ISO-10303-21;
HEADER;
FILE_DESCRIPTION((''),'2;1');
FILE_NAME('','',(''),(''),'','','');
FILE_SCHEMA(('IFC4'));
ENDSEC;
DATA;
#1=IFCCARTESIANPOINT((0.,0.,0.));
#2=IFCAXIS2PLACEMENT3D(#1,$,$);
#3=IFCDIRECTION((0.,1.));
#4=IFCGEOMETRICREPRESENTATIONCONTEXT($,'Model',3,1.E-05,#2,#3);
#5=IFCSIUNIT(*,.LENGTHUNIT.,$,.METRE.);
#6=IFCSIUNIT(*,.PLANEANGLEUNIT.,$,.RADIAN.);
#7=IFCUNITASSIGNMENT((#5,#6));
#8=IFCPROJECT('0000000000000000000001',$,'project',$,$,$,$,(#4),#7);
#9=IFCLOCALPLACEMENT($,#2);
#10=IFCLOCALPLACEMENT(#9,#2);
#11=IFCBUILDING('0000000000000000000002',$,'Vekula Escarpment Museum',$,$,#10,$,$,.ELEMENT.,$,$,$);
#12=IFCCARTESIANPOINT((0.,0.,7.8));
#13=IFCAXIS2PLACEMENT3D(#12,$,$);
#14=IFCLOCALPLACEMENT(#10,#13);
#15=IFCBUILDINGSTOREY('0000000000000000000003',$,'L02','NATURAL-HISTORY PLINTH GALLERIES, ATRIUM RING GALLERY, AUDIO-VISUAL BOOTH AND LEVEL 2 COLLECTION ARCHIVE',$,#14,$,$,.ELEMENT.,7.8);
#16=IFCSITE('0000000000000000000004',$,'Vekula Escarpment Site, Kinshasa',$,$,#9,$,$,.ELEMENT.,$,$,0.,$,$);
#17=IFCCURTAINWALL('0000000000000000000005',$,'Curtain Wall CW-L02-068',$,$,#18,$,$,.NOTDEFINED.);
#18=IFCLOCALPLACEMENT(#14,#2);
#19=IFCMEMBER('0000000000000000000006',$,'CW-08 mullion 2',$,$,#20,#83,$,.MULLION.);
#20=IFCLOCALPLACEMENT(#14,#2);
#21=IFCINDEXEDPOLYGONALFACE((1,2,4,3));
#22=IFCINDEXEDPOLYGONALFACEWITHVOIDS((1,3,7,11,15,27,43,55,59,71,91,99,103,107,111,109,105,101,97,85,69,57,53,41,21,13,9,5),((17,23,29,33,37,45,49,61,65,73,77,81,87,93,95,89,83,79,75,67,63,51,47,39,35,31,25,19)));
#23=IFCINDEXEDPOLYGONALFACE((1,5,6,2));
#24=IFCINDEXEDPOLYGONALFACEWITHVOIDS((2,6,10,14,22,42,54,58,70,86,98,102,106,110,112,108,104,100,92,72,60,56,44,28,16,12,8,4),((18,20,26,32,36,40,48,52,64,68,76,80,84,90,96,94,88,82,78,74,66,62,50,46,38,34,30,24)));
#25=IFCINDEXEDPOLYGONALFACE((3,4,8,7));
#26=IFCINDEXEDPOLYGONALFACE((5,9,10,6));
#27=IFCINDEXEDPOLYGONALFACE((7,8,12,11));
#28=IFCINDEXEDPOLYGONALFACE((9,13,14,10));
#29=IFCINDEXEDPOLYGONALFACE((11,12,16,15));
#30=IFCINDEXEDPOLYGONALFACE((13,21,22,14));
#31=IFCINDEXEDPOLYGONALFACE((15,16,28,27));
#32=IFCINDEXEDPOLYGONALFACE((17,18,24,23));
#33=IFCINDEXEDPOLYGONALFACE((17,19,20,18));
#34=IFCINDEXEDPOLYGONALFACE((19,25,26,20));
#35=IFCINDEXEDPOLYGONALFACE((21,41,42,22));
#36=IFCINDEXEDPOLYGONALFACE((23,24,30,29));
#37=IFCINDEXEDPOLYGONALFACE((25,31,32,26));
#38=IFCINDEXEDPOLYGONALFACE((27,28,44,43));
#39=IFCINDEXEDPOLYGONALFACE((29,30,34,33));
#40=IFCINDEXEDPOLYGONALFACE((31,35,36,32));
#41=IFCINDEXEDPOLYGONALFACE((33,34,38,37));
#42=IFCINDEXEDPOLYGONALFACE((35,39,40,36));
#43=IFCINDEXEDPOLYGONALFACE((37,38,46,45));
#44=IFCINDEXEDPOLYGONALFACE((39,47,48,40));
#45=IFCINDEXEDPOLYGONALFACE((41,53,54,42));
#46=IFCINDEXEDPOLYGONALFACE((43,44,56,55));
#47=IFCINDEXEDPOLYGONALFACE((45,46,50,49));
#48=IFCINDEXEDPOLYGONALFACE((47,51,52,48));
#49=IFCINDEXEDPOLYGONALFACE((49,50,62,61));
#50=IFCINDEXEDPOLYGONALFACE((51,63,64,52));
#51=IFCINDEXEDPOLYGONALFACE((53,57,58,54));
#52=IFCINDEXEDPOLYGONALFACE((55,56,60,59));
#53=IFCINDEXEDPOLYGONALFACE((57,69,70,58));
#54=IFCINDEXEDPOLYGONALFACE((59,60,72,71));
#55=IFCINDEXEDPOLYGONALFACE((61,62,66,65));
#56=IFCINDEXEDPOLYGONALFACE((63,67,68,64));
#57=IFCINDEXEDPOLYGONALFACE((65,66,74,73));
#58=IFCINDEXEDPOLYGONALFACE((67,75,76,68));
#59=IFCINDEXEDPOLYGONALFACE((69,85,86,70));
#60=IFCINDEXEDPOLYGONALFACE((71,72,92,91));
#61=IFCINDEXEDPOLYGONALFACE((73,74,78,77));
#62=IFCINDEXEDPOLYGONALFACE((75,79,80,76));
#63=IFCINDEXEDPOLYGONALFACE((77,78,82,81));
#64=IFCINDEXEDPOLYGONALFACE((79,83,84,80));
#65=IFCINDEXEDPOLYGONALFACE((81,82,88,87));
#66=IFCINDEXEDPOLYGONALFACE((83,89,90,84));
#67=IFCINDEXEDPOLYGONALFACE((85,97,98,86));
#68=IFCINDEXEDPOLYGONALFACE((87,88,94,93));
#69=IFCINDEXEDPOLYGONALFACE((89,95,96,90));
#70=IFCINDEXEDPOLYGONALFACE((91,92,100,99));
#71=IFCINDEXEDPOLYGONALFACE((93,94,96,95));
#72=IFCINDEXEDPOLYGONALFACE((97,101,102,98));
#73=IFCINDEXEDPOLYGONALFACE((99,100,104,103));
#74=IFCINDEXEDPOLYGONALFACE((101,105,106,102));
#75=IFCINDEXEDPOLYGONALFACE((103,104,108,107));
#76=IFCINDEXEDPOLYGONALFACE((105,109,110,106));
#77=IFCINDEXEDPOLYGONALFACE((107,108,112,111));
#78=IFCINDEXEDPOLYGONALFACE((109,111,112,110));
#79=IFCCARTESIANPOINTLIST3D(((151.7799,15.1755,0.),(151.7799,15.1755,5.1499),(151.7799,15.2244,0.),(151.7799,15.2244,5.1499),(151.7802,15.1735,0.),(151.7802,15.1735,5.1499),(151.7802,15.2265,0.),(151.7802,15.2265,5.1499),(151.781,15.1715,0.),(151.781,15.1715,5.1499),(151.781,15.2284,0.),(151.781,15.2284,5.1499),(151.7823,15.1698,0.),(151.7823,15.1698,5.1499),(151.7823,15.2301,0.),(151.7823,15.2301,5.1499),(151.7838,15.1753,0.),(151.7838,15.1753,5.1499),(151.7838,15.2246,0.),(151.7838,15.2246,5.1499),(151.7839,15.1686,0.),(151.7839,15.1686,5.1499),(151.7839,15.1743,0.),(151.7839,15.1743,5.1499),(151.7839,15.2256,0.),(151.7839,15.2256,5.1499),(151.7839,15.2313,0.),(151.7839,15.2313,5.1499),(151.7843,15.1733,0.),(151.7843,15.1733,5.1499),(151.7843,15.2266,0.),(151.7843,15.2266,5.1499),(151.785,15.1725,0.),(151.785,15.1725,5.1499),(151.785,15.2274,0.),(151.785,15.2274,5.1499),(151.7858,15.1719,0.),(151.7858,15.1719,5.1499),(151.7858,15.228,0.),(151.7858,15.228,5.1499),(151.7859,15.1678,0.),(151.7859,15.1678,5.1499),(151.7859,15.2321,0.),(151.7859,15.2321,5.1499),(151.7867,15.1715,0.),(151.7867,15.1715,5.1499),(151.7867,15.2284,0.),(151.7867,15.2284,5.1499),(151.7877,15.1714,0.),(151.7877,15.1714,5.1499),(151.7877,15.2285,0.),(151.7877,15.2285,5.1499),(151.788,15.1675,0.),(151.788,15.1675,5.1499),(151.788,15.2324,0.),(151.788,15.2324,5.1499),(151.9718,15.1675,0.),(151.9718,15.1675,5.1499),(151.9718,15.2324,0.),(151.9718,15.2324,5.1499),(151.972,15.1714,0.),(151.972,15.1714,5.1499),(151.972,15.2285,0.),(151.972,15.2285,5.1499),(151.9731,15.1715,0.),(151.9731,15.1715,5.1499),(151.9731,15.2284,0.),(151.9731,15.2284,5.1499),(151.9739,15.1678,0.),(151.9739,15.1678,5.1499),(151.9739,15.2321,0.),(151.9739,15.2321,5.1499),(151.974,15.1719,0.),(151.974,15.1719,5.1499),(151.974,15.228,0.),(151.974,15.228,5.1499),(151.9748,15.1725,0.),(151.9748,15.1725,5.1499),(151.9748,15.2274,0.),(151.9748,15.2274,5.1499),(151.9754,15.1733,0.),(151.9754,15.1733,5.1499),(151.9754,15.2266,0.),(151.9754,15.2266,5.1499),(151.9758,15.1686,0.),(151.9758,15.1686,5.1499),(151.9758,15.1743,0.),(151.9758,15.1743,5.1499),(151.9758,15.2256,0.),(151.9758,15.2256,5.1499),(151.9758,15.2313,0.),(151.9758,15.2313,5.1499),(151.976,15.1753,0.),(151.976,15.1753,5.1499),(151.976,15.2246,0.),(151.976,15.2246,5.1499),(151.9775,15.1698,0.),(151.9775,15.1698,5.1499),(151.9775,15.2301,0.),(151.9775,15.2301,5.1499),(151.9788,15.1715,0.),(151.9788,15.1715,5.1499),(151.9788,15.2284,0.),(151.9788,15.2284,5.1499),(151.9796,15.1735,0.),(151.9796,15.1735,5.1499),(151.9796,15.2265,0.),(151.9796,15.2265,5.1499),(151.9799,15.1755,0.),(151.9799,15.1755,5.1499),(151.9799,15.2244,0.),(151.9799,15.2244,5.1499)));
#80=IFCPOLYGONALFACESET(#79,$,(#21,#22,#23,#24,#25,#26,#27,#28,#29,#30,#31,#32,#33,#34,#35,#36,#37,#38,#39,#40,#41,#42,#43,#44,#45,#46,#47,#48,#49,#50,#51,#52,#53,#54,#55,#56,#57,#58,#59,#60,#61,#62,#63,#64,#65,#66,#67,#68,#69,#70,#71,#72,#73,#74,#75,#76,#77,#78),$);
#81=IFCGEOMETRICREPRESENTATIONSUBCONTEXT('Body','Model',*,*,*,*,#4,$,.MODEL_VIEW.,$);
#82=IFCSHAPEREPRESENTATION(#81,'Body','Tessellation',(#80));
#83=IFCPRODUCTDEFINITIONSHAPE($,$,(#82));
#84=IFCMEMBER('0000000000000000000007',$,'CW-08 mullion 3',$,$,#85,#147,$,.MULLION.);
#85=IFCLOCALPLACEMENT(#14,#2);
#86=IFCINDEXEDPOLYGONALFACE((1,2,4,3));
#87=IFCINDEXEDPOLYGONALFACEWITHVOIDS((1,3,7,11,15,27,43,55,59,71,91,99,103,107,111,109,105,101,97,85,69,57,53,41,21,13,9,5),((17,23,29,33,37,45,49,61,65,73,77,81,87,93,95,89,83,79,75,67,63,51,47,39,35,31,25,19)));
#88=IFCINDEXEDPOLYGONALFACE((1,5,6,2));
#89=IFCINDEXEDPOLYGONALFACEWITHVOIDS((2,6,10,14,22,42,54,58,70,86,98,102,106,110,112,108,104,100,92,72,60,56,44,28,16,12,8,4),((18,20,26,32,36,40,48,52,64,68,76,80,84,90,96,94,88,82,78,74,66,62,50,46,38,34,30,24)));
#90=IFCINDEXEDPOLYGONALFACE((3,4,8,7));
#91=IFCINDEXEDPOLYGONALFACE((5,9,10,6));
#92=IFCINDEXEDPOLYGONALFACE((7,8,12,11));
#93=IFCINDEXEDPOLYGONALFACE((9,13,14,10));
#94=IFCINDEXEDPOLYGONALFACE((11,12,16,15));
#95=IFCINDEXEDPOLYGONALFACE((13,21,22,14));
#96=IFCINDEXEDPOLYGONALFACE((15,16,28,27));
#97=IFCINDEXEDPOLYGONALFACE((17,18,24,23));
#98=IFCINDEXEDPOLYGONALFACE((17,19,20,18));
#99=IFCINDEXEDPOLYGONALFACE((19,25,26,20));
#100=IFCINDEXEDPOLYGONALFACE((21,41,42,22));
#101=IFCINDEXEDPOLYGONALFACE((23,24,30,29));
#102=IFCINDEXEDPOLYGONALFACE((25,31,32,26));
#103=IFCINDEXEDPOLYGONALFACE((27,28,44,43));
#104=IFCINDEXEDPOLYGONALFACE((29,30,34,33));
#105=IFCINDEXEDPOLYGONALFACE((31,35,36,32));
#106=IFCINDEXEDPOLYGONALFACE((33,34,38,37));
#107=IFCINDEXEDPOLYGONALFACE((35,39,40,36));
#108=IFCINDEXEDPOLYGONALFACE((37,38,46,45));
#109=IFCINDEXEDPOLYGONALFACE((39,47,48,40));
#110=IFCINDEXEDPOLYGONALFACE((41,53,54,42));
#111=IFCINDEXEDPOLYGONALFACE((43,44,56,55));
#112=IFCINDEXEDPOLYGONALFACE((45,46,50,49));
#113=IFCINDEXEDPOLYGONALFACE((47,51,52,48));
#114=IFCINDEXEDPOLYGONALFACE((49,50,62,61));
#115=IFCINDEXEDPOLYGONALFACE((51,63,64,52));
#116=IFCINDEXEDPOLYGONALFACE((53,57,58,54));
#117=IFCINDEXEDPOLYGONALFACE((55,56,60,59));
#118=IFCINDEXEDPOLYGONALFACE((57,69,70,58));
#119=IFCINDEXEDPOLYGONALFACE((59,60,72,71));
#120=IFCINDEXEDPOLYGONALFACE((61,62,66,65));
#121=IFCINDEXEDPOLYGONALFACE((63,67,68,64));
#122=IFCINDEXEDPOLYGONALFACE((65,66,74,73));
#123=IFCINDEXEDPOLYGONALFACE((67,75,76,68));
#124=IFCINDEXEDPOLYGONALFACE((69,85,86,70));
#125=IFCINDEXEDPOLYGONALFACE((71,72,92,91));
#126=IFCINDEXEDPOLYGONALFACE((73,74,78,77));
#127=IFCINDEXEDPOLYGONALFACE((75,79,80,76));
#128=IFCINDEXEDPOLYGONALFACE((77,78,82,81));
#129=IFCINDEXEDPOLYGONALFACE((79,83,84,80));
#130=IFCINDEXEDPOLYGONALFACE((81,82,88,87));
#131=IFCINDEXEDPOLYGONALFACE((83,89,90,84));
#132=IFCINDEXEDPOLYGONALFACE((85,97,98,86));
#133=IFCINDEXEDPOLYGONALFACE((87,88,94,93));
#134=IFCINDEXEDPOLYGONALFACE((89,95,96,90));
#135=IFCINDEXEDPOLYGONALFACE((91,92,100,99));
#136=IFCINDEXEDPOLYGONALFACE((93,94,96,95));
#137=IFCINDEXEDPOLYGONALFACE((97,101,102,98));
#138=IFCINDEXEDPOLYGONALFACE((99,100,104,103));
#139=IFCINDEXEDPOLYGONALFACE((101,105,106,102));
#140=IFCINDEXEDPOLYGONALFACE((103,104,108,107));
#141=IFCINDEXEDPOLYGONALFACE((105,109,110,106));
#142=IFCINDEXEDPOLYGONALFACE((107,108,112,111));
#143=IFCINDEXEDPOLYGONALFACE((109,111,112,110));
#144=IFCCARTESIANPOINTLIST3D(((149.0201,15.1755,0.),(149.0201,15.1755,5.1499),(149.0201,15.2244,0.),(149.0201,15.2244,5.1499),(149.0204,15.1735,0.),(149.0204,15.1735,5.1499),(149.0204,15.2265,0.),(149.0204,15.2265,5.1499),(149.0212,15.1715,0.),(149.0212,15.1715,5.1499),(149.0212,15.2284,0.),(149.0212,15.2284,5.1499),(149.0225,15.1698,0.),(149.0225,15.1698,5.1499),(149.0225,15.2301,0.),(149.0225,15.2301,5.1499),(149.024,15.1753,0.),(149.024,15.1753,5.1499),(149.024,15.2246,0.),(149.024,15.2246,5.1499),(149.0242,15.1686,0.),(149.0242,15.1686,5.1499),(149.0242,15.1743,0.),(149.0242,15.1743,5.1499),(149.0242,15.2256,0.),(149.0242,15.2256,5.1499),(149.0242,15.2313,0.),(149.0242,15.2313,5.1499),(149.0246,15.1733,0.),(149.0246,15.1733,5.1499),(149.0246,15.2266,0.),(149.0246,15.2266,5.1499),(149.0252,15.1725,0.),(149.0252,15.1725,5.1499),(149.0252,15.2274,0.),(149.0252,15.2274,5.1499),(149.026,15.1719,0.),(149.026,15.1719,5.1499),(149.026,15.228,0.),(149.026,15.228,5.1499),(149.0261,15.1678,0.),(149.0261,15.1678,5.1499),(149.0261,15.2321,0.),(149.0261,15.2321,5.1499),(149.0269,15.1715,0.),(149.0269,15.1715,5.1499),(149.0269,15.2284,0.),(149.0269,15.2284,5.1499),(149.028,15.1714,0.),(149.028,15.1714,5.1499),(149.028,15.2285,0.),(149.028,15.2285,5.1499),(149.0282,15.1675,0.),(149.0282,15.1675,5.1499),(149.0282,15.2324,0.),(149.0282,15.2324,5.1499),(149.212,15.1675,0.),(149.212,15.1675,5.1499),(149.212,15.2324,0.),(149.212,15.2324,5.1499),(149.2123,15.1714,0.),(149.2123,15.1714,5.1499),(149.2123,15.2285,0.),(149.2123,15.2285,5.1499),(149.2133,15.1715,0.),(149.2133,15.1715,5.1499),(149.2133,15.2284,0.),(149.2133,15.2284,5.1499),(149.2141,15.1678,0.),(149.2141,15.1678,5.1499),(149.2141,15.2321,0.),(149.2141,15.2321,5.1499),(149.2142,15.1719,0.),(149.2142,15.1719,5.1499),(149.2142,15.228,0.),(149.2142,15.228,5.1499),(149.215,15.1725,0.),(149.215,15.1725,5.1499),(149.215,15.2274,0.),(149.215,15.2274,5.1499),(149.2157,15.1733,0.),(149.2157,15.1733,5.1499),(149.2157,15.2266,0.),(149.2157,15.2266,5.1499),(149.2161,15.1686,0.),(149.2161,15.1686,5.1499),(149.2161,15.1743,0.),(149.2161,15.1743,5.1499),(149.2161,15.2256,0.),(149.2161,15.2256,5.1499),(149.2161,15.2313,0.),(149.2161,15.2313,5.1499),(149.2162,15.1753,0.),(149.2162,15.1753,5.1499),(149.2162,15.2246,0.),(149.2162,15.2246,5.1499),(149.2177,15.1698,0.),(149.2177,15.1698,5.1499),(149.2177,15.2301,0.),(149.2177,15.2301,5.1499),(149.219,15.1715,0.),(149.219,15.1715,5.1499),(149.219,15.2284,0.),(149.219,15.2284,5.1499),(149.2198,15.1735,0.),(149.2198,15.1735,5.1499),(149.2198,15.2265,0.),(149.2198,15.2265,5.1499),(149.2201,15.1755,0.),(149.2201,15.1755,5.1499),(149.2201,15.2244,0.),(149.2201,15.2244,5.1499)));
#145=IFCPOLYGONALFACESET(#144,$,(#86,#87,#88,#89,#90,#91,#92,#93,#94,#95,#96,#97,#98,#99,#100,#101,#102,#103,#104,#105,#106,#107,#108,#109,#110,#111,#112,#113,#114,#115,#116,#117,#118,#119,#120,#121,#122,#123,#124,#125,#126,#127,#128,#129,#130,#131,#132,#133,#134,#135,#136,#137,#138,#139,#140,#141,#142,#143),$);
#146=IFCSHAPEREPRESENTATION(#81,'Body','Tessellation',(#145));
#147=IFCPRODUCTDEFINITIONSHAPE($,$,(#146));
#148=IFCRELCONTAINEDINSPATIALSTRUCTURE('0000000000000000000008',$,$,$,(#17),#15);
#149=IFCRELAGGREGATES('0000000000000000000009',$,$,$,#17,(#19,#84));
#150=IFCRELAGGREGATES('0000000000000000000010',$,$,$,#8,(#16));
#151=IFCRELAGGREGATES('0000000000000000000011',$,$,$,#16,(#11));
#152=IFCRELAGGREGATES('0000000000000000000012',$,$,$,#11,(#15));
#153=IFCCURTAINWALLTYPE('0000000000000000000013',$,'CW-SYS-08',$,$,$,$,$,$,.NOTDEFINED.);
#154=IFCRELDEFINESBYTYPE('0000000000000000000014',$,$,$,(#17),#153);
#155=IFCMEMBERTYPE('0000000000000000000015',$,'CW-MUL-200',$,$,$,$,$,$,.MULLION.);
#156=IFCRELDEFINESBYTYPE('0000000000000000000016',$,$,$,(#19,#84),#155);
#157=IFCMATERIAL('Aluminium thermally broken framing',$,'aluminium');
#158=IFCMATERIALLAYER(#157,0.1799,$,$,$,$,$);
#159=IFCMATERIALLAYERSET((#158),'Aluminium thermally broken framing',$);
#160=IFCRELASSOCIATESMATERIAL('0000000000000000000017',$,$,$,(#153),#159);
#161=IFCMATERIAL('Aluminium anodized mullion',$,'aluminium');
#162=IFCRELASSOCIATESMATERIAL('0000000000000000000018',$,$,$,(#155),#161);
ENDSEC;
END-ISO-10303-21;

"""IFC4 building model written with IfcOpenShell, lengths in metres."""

from ifc_helpers import new_model, si_unit, direction, frame, origin, origin_2d, place, context, subcontext, project, spatial, hollow_rectangle, extrude, material, layer, layer_set, material_profile, profile_set, type_object, element, aggregate, save


model = new_model("IFC4")

# Units and contexts
model_context = context("Model", 3, precision=1e-05, world=origin(), true_north=direction((0.0, 1.0)))
body_context = subcontext(model_context, "Body", "Model", "MODEL_VIEW")
ifc_project = project(units=[si_unit("LENGTHUNIT", "METRE"), si_unit("PLANEANGLEUNIT", "RADIAN")], contexts=[model_context])

# Site, building, storey
site_placement = place(None, origin())
site = spatial("IfcSite", under=ifc_project, at=site_placement, Name="Vekula Escarpment Site, Kinshasa", CompositionType="ELEMENT", RefElevation=0.0)
building_placement = place(site_placement, origin())
building = spatial("IfcBuilding", under=site, at=building_placement, Name="Vekula Escarpment Museum", CompositionType="ELEMENT")
storey_placement = place(building_placement, frame((0.0, 0.0, 7.8)))
storey = spatial("IfcBuildingStorey", under=building, at=storey_placement, Name="L02", Description="NATURAL-HISTORY PLINTH GALLERIES, ATRIUM RING GALLERY, AUDIO-VISUAL BOOTH AND LEVEL 2 COLLECTION ARCHIVE", CompositionType="ELEMENT", Elevation=7.8)

# Curtain wall, members
ifc_material_1 = material(Name="Aluminium thermally broken framing", Category="aluminium")
ifc_layer_1 = layer(ifc_material_1, 0.1799)
ifc_layer_set_1 = layer_set([ifc_layer_1], Name="Aluminium thermally broken framing")
curtain_wall_type = type_object("IfcCurtainWallType", Name="CW-SYS-08", PredefinedType="NOTDEFINED", material=ifc_layer_set_1)
curtain_wall_placement = place(storey_placement, origin())
curtain_wall = element("IfcCurtainWall", 1, at=curtain_wall_placement, inside=storey, type_object=curtain_wall_type, Name="Curtain Wall CW-L02-068", PredefinedType="NOTDEFINED")
ifc_material_2 = material(Name="Aluminium anodized mullion", Category="aluminium")
ifc_material_profile_1 = material_profile(ifc_material_2, hollow_rectangle(XDim=0.0649, YDim=0.2, WallThickness=0.0039, InnerFilletRadius=0.0039, OuterFilletRadius=0.0081, at=origin_2d()), Name="ALU 200x65x4")
ifc_profile_set_1 = profile_set([ifc_material_profile_1], Name="Aluminium anodized mullion")
member_type_1 = type_object("IfcMemberType", Name="CW-MUL-200", PredefinedType="MULLION", material=ifc_profile_set_1)
member_1_placement = place(storey_placement, frame((151.8799, 15.2, 0.0), z_axis=(0.0, 0.0, 1.0), x_axis=(0.0, -1.0, 0.0)))
member_1 = element("IfcMember", 2, at=member_1_placement, type_object=member_type_1, Name="CW-08 mullion 2", PredefinedType="MULLION", context=body_context, shape_type="SweptSolid", body=[
    extrude(hollow_rectangle(XDim=0.0649, YDim=0.2, WallThickness=0.0039, InnerFilletRadius=0.0039, OuterFilletRadius=0.0081, at=origin_2d()), origin(), (0.0, 0.0, 1.0), 5.1499),
])
member_2_placement = place(storey_placement, frame((149.1201, 15.2, 0.0), z_axis=(0.0, 0.0, 1.0), x_axis=(0.0, -1.0, 0.0)))
member_2 = element("IfcMember", 3, at=member_2_placement, type_object=member_type_1, Name="CW-08 mullion 3", PredefinedType="MULLION", context=body_context, shape_type="SweptSolid", body=[
    extrude(hollow_rectangle(XDim=0.0649, YDim=0.2, WallThickness=0.0039, InnerFilletRadius=0.0039, OuterFilletRadius=0.0081, at=origin_2d()), origin(), (0.0, 0.0, 1.0), 5.1499),
])
aggregate(curtain_wall, [member_1, member_2])

save(model, "model.ifc")
